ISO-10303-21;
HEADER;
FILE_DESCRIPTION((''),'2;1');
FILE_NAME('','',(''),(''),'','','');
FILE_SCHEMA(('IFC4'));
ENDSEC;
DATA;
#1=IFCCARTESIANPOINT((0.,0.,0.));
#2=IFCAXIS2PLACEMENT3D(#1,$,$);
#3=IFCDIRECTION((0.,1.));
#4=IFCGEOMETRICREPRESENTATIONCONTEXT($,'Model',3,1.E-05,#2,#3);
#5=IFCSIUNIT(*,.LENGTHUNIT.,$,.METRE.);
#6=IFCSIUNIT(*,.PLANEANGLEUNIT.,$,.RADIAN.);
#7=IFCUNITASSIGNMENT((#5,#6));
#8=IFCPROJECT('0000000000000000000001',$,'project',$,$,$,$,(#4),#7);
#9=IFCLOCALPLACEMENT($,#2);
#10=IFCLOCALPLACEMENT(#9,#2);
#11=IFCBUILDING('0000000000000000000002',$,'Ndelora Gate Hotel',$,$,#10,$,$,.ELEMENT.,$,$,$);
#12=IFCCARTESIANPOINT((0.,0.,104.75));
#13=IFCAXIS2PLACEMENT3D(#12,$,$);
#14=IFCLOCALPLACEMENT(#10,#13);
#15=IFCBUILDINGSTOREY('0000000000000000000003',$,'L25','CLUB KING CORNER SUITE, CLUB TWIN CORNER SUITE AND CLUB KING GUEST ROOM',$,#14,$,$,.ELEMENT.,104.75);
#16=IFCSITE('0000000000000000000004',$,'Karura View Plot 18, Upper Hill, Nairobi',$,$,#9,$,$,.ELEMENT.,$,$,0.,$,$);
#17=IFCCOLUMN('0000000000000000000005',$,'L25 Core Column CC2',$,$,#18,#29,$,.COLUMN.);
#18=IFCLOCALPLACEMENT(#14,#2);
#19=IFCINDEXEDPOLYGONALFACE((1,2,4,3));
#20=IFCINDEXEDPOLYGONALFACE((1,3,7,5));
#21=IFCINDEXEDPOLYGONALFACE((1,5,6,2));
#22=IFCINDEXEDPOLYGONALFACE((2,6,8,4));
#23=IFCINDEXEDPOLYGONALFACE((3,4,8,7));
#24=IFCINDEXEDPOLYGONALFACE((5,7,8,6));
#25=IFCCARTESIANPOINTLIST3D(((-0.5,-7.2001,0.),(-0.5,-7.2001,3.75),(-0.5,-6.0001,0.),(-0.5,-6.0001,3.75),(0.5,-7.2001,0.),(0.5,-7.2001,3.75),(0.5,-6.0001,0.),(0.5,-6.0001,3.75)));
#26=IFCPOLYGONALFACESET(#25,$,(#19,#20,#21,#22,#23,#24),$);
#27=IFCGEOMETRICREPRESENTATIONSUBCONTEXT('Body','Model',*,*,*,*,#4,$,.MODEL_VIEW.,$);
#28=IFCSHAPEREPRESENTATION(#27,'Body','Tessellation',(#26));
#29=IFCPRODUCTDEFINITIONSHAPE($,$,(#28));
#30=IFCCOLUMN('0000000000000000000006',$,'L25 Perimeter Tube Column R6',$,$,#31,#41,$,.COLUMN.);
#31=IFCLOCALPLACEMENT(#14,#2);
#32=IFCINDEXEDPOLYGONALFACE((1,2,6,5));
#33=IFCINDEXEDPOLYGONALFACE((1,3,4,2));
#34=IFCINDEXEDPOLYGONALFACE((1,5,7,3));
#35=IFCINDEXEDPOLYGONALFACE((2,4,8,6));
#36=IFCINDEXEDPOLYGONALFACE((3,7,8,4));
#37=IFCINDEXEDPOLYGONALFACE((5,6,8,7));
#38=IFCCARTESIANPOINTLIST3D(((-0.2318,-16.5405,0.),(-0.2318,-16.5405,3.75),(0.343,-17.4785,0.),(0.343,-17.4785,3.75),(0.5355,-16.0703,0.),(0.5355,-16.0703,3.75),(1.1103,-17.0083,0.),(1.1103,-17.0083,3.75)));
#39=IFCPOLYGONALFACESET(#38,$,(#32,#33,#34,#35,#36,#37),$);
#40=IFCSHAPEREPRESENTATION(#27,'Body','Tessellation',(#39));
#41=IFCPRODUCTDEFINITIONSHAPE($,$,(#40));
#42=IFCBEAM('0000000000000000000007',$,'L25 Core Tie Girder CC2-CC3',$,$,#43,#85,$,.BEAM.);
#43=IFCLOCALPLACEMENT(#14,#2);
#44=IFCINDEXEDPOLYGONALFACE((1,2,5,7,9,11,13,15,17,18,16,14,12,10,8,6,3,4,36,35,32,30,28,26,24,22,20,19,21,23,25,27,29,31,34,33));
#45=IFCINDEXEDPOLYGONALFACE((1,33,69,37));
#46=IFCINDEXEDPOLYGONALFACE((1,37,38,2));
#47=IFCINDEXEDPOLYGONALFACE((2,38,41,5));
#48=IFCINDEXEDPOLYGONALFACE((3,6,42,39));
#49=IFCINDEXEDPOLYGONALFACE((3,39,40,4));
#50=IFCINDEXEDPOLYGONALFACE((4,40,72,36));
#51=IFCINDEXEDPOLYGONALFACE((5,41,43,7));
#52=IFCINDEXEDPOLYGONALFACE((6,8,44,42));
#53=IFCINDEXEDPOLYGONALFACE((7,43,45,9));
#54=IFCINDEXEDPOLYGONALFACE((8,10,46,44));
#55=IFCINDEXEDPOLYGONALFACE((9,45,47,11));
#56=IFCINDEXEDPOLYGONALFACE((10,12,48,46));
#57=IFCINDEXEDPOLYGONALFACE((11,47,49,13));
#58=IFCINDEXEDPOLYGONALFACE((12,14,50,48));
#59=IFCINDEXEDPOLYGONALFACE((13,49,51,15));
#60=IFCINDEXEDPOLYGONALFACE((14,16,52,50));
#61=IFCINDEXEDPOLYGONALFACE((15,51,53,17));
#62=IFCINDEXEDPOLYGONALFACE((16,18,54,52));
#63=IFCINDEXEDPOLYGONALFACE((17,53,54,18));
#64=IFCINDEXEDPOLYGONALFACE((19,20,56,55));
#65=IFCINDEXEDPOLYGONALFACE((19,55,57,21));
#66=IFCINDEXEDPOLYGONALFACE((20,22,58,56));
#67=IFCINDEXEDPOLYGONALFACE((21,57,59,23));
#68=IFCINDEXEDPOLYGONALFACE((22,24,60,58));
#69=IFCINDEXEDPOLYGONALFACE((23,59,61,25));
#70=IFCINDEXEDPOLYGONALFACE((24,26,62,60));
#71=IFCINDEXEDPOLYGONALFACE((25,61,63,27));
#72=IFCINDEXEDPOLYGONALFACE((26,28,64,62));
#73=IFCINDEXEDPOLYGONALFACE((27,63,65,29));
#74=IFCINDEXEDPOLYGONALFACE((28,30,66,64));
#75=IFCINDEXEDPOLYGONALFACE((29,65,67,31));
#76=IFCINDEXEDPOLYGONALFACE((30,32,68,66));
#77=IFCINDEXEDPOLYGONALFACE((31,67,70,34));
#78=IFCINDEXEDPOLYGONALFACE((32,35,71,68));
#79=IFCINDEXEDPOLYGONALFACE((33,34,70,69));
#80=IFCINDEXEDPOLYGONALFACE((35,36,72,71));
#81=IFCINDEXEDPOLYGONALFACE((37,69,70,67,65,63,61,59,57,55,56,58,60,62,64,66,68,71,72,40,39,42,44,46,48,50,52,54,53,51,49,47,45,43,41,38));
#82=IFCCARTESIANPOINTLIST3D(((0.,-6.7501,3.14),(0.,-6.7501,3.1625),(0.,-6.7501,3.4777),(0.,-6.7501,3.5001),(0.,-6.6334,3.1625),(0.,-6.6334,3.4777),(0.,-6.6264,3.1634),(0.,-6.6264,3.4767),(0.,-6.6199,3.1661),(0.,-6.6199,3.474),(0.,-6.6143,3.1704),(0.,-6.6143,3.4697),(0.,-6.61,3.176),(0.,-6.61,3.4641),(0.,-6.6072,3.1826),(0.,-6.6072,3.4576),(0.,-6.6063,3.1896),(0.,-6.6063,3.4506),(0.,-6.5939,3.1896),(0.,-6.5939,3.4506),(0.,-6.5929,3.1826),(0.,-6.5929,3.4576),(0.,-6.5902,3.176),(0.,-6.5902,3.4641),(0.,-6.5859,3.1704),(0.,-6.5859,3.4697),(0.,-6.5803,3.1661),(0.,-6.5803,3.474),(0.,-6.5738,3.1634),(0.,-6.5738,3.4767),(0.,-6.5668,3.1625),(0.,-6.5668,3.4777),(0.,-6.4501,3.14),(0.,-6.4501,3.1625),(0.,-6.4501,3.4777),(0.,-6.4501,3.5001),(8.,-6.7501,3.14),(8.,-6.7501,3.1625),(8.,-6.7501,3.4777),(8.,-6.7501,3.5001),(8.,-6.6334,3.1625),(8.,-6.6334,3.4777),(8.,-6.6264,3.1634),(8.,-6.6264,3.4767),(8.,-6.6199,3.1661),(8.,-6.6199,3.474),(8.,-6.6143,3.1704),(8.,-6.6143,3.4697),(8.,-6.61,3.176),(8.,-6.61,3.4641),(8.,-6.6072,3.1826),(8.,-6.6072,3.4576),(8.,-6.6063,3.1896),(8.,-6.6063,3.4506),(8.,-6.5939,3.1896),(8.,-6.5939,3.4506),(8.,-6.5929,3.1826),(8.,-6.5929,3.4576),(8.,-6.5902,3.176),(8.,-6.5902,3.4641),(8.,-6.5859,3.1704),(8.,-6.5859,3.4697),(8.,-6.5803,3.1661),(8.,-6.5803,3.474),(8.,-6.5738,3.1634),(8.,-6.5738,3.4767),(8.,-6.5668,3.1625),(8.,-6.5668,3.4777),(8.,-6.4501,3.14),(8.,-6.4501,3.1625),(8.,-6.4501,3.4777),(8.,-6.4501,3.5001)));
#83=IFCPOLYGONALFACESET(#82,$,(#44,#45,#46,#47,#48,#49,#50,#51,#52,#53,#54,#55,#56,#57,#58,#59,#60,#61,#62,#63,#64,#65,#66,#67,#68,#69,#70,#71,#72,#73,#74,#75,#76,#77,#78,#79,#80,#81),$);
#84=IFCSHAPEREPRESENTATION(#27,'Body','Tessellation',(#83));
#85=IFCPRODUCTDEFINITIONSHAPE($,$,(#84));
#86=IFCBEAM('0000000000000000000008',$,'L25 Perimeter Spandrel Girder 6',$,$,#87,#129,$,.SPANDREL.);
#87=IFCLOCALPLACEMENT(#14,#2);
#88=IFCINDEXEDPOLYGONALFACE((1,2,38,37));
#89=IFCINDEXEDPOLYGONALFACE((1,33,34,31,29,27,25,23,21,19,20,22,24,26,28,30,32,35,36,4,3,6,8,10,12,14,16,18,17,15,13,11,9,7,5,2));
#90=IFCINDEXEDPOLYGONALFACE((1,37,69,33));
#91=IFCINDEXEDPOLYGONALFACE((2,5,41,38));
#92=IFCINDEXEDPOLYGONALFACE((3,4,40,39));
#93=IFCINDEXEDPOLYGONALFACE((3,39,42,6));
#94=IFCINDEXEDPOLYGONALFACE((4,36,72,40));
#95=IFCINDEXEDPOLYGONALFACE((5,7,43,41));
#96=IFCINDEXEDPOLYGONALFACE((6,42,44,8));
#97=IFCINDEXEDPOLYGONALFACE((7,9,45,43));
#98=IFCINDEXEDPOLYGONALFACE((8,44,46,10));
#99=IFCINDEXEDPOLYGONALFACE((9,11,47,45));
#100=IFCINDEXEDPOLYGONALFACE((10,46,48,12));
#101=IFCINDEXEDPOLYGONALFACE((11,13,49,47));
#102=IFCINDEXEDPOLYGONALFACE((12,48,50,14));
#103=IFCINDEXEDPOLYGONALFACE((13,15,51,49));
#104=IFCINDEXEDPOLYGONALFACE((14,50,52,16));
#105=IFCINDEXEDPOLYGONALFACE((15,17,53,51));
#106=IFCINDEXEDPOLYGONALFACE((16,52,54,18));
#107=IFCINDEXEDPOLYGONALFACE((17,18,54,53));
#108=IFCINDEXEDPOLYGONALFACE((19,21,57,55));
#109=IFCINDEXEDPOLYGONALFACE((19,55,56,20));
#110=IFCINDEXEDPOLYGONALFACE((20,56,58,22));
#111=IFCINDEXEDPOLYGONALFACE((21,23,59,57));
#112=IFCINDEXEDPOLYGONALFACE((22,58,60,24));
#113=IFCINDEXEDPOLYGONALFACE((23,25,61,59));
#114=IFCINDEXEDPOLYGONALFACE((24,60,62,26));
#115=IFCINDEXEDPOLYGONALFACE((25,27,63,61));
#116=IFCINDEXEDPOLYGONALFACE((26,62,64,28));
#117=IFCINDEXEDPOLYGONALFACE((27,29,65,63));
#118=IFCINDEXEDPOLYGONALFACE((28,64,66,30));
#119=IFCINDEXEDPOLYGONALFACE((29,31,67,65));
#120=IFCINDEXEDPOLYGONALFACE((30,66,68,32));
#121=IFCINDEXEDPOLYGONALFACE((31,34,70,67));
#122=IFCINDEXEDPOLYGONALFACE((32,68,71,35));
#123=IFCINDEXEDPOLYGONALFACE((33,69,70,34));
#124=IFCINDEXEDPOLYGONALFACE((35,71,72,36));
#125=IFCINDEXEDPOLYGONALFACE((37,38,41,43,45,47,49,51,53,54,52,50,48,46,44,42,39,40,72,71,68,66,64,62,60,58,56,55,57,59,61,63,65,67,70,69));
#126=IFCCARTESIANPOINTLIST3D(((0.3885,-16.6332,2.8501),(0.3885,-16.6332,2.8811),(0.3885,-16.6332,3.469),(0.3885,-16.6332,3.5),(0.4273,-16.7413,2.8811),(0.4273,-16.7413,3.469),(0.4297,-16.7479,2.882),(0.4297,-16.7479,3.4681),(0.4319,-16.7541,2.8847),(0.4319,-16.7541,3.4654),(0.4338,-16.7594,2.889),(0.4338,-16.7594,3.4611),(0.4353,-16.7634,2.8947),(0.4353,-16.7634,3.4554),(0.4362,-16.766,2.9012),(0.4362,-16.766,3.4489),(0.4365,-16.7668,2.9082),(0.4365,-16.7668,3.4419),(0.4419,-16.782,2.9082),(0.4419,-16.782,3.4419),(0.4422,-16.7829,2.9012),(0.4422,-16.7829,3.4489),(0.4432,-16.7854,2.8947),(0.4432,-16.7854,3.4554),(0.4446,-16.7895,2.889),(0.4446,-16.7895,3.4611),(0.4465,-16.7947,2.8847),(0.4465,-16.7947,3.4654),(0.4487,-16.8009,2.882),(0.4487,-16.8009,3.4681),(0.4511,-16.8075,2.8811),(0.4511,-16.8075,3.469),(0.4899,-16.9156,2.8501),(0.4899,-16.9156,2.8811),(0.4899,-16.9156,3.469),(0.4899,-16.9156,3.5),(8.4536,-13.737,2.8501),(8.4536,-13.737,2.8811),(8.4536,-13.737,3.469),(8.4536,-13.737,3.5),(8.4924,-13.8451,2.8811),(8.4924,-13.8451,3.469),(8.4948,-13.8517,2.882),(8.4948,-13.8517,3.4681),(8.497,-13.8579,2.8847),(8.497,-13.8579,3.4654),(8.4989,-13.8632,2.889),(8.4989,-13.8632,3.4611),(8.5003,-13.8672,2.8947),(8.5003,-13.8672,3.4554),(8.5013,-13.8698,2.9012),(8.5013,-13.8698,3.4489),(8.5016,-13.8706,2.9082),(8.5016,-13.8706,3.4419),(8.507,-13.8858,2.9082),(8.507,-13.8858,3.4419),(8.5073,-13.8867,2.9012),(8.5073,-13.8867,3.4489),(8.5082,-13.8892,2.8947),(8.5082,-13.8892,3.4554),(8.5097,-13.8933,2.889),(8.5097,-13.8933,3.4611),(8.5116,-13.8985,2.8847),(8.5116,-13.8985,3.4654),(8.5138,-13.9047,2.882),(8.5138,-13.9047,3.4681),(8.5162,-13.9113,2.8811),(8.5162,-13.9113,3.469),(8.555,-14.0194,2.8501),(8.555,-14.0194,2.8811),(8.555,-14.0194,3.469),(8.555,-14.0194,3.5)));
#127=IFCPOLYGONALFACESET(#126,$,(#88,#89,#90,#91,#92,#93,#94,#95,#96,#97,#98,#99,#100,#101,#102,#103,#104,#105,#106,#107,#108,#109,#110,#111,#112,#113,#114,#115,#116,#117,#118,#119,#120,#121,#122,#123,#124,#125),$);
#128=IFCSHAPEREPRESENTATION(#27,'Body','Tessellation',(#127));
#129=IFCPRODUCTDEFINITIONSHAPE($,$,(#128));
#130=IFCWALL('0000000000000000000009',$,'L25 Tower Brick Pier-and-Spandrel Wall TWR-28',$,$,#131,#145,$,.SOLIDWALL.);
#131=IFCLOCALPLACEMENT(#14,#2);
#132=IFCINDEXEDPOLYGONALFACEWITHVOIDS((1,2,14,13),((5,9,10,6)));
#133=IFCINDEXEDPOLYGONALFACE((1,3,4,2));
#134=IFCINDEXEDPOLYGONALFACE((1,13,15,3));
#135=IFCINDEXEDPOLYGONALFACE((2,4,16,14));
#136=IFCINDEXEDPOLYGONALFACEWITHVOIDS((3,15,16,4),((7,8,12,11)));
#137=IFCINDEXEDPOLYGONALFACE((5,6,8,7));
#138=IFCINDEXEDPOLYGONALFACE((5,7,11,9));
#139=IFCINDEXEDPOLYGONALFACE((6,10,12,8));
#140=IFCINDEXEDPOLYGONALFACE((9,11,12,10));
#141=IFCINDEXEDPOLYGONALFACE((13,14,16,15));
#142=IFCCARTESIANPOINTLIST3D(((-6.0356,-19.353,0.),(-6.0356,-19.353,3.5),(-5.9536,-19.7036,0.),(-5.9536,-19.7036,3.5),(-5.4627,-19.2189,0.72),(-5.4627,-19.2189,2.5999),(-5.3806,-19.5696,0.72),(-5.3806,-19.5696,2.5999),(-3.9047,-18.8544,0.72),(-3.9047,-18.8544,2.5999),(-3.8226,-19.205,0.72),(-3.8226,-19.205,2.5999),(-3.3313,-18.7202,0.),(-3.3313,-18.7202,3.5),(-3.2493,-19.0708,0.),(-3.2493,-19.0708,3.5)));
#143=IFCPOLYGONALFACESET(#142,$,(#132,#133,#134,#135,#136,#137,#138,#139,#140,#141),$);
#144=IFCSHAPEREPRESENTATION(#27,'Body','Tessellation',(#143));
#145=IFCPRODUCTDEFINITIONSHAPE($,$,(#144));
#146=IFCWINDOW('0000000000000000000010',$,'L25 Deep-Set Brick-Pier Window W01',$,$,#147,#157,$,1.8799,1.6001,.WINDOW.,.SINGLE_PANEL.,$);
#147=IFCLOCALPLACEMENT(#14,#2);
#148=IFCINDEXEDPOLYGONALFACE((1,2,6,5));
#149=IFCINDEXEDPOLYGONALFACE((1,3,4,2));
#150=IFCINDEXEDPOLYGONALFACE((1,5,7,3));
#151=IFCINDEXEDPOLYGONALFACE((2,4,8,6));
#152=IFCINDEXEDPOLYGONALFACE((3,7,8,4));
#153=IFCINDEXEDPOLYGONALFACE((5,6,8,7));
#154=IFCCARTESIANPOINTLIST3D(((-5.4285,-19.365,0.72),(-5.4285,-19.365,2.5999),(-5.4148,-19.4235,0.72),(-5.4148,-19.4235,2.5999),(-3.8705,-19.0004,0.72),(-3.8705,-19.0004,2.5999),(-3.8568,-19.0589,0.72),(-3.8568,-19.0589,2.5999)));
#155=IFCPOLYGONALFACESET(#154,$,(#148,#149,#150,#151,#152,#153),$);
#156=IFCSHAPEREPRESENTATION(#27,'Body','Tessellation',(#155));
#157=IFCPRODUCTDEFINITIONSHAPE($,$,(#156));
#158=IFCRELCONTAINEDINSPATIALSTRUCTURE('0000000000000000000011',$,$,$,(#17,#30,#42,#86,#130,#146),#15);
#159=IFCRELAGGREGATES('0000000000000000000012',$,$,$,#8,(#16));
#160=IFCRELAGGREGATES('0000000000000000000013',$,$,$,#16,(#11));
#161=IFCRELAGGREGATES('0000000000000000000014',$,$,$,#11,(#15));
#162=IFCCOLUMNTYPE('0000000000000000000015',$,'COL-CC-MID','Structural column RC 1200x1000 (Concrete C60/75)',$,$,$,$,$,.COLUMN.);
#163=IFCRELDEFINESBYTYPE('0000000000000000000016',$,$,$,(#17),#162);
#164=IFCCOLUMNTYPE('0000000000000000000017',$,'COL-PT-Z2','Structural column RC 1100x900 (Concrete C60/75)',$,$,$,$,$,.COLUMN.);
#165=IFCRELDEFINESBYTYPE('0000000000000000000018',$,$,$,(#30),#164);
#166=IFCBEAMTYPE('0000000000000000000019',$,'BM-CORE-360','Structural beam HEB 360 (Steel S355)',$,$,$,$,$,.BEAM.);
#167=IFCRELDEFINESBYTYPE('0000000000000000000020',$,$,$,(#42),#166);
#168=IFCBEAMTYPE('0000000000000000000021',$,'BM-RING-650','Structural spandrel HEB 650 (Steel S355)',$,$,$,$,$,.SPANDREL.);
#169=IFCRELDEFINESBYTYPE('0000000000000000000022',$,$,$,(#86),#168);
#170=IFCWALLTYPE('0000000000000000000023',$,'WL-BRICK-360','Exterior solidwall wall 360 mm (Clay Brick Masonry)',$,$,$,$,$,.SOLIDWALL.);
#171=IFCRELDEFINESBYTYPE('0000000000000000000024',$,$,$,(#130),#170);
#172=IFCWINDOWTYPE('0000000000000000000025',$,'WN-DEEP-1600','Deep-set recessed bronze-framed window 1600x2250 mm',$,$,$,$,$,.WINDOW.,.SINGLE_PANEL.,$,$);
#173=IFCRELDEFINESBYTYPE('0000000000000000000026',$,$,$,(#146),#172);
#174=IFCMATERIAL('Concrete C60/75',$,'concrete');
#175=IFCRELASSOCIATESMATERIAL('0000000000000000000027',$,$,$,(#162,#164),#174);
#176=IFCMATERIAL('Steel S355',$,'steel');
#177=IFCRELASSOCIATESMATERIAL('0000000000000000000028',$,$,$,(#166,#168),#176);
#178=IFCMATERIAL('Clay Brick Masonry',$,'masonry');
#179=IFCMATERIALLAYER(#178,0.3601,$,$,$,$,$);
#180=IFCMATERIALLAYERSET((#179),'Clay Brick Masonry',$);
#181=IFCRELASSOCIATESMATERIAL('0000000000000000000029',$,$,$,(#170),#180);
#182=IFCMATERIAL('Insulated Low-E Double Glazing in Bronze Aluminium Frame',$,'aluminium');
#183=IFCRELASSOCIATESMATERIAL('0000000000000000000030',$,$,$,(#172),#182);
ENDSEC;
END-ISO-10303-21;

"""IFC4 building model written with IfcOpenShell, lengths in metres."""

from ifc_helpers import new_model, si_unit, direction, frame, frame_2d, origin, origin_2d, place, context, subcontext, project, spatial, rectangle, i_section, extrude, material, layer, layer_set, material_profile, profile_set, type_object, element, fill, save


model = new_model("IFC4")

# Units and contexts
model_context = context("Model", 3, precision=1e-05, world=origin(), true_north=direction((0.0, 1.0)))
body_context = subcontext(model_context, "Body", "Model", "MODEL_VIEW")
ifc_project = project(units=[si_unit("LENGTHUNIT", "METRE"), si_unit("PLANEANGLEUNIT", "RADIAN")], contexts=[model_context])

# Site, building, storey
site_placement = place(None, origin())
site = spatial("IfcSite", under=ifc_project, at=site_placement, Name="Karura View Plot 18, Upper Hill, Nairobi", CompositionType="ELEMENT", RefElevation=0.0)
building_placement = place(site_placement, origin())
building = spatial("IfcBuilding", under=site, at=building_placement, Name="Ndelora Gate Hotel", CompositionType="ELEMENT")
storey_placement = place(building_placement, frame((0.0, 0.0, 104.75)))
storey = spatial("IfcBuildingStorey", under=building, at=storey_placement, Name="L25", Description="CLUB KING CORNER SUITE, CLUB TWIN CORNER SUITE AND CLUB KING GUEST ROOM", CompositionType="ELEMENT", Elevation=104.75)

# Columns
ifc_material_1 = material(Name="Concrete C60/75", Category="concrete")
ifc_material_profile_1 = material_profile(ifc_material_1, rectangle(XDim=1.0, YDim=1.2, at=origin_2d()), Name="RC 1200x1000")
ifc_profile_set_1 = profile_set([ifc_material_profile_1], Name="Concrete C60/75")
column_type_1 = type_object("IfcColumnType", Name="COL-CC-MID", Description="Structural column RC 1200x1000 (Concrete C60/75)", PredefinedType="COLUMN", material=ifc_profile_set_1)
column_1_placement = place(storey_placement, frame((0.0, -6.6001, 0.0), z_axis=(0.0, 0.0, 1.0), x_axis=(1.0, 0.0, 0.0)))
element("IfcColumn", 1, at=column_1_placement, inside=storey, type_object=column_type_1, Name="L25 Core Column CC2", PredefinedType="COLUMN", context=body_context, shape_type="SweptSolid", body=[
    extrude(rectangle(XDim=1.0, YDim=1.2, at=origin_2d()), origin(), (0.0, 0.0, 1.0), 3.75),
])
ifc_material_profile_2 = material_profile(ifc_material_1, rectangle(XDim=0.8999, YDim=1.1001, at=origin_2d()), Name="RC 1100x900")
ifc_profile_set_2 = profile_set([ifc_material_profile_2], Name="Concrete C60/75")
column_type_2 = type_object("IfcColumnType", Name="COL-PT-Z2", Description="Structural column RC 1100x900 (Concrete C60/75)", PredefinedType="COLUMN", material=ifc_profile_set_2)
column_2_placement = place(storey_placement, frame((0.4392, -16.7744, 0.0), z_axis=(0.0, 0.0, 1.0), x_axis=(0.85264, 0.522499, 0.0)))
element("IfcColumn", 2, at=column_2_placement, inside=storey, type_object=column_type_2, Name="L25 Perimeter Tube Column R6", PredefinedType="COLUMN", context=body_context, shape_type="SweptSolid", body=[
    extrude(rectangle(XDim=0.8999, YDim=1.1001, at=origin_2d()), origin(), (0.0, 0.0, 1.0), 3.75),
])

# Beams
ifc_material_2 = material(Name="Steel S355", Category="steel")
ifc_material_profile_3 = material_profile(ifc_material_2, i_section(OverallWidth=0.3, OverallDepth=0.3601, WebThickness=0.0125, FlangeThickness=0.0225, FilletRadius=0.0271, at=origin_2d()), Name="HEB 360")
ifc_profile_set_3 = profile_set([ifc_material_profile_3], Name="Steel S355")
beam_type_1 = type_object("IfcBeamType", Name="BM-CORE-360", Description="Structural beam HEB 360 (Steel S355)", PredefinedType="BEAM", material=ifc_profile_set_3)
beam_1_placement = place(storey_placement, frame((0.0, -6.6001, 3.3201), z_axis=(1.0, 0.0, 0.0), x_axis=(0.0, 1.0, 0.0)))
element("IfcBeam", 3, at=beam_1_placement, inside=storey, type_object=beam_type_1, Name="L25 Core Tie Girder CC2-CC3", PredefinedType="BEAM", context=body_context, shape_type="SweptSolid", body=[
    extrude(i_section(OverallWidth=0.3, OverallDepth=0.3601, WebThickness=0.0125, FlangeThickness=0.0225, FilletRadius=0.0271, at=origin_2d()), origin(), (0.0, 0.0, 1.0), 8.0),
])
ifc_material_profile_4 = material_profile(ifc_material_2, i_section(OverallWidth=0.3, OverallDepth=0.6499, WebThickness=0.0161, FlangeThickness=0.031, FilletRadius=0.0271, at=origin_2d()), Name="HEB 650")
ifc_profile_set_4 = profile_set([ifc_material_profile_4], Name="Steel S355")
beam_type_2 = type_object("IfcBeamType", Name="BM-RING-650", Description="Structural spandrel HEB 650 (Steel S355)", PredefinedType="SPANDREL", material=ifc_profile_set_4)
beam_2_placement = place(storey_placement, frame((0.4392, -16.7744, 3.175), z_axis=(0.941156, 0.337973, 0.0), x_axis=(-0.337973, 0.941156, 0.0)))
element("IfcBeam", 4, at=beam_2_placement, inside=storey, type_object=beam_type_2, Name="L25 Perimeter Spandrel Girder 6", PredefinedType="SPANDREL", context=body_context, shape_type="SweptSolid", body=[
    extrude(i_section(OverallWidth=0.3, OverallDepth=0.6499, WebThickness=0.0161, FlangeThickness=0.031, FilletRadius=0.0271, at=origin_2d()), origin(), (0.0, 0.0, 1.0), 8.5693),
])

# Wall, opening, window
ifc_material_3 = material(Name="Clay Brick Masonry", Category="masonry")
ifc_layer_1 = layer(ifc_material_3, 0.3601)
ifc_layer_set_1 = layer_set([ifc_layer_1], Name="Clay Brick Masonry")
wall_type_1 = type_object("IfcWallType", Name="WL-BRICK-360", Description="Exterior solidwall wall 360 mm (Clay Brick Masonry)", PredefinedType="SOLIDWALL", material=ifc_layer_set_1)
wall_1_placement = place(storey_placement, frame((-3.2903, -18.8955, 0.0), z_axis=(0.0, 0.0, 1.0), x_axis=(-0.973698, -0.227844, 0.0)))
wall_1 = element("IfcWall", 5, at=wall_1_placement, inside=storey, type_object=wall_type_1, Name="L25 Tower Brick Pier-and-Spandrel Wall TWR-28", PredefinedType="SOLIDWALL", context=body_context, shape_type="SweptSolid", body=[
    extrude(rectangle(XDim=2.7773, YDim=0.3601, at=frame_2d((1.3887, 0.0))), origin(), (0.0, 0.0, 1.0), 3.5),
])
opening_1_placement = place(wall_1_placement, frame((0.5889, 0.0, 0.72)))
opening_1 = element("IfcOpeningElement", 6, at=opening_1_placement, cuts=wall_1, PredefinedType="OPENING", context=body_context, shape_type="SweptSolid", body=[
    extrude(rectangle(XDim=1.6001, YDim=1.8799, at=frame_2d((0.8, 0.9399))), frame((0.0, 0.1899, 0.0), z_axis=(0.0, -1.0, 0.0), x_axis=(1.0, 0.0, 0.0)), (0.0, 0.0, 1.0), 0.3801),
])
ifc_material_4 = material(Name="Insulated Low-E Double Glazing in Bronze Aluminium Frame", Category="aluminium")
window_type_1 = type_object("IfcWindowType", Name="WN-DEEP-1600", Description="Deep-set recessed bronze-framed window 1600x2250 mm", PartitioningType="SINGLE_PANEL", PredefinedType="WINDOW", material=ifc_material_4)
window_1_placement = place(opening_1_placement, origin())
window_1 = element("IfcWindow", 7, at=window_1_placement, inside=storey, type_object=window_type_1, Name="L25 Deep-Set Brick-Pier Window W01", OverallHeight=1.8799, OverallWidth=1.6001, PartitioningType="SINGLE_PANEL", PredefinedType="WINDOW", context=body_context, shape_type="SweptSolid", body=[
    extrude(rectangle(XDim=1.6001, YDim=1.8799, at=frame_2d((0.8, 0.9399))), frame((0.0, 0.03, 0.0), z_axis=(0.0, -1.0, 0.0), x_axis=(1.0, 0.0, 0.0)), (0.0, 0.0, 1.0), 0.0601),
])
fill(opening_1, window_1)

save(model, "model.ifc")
